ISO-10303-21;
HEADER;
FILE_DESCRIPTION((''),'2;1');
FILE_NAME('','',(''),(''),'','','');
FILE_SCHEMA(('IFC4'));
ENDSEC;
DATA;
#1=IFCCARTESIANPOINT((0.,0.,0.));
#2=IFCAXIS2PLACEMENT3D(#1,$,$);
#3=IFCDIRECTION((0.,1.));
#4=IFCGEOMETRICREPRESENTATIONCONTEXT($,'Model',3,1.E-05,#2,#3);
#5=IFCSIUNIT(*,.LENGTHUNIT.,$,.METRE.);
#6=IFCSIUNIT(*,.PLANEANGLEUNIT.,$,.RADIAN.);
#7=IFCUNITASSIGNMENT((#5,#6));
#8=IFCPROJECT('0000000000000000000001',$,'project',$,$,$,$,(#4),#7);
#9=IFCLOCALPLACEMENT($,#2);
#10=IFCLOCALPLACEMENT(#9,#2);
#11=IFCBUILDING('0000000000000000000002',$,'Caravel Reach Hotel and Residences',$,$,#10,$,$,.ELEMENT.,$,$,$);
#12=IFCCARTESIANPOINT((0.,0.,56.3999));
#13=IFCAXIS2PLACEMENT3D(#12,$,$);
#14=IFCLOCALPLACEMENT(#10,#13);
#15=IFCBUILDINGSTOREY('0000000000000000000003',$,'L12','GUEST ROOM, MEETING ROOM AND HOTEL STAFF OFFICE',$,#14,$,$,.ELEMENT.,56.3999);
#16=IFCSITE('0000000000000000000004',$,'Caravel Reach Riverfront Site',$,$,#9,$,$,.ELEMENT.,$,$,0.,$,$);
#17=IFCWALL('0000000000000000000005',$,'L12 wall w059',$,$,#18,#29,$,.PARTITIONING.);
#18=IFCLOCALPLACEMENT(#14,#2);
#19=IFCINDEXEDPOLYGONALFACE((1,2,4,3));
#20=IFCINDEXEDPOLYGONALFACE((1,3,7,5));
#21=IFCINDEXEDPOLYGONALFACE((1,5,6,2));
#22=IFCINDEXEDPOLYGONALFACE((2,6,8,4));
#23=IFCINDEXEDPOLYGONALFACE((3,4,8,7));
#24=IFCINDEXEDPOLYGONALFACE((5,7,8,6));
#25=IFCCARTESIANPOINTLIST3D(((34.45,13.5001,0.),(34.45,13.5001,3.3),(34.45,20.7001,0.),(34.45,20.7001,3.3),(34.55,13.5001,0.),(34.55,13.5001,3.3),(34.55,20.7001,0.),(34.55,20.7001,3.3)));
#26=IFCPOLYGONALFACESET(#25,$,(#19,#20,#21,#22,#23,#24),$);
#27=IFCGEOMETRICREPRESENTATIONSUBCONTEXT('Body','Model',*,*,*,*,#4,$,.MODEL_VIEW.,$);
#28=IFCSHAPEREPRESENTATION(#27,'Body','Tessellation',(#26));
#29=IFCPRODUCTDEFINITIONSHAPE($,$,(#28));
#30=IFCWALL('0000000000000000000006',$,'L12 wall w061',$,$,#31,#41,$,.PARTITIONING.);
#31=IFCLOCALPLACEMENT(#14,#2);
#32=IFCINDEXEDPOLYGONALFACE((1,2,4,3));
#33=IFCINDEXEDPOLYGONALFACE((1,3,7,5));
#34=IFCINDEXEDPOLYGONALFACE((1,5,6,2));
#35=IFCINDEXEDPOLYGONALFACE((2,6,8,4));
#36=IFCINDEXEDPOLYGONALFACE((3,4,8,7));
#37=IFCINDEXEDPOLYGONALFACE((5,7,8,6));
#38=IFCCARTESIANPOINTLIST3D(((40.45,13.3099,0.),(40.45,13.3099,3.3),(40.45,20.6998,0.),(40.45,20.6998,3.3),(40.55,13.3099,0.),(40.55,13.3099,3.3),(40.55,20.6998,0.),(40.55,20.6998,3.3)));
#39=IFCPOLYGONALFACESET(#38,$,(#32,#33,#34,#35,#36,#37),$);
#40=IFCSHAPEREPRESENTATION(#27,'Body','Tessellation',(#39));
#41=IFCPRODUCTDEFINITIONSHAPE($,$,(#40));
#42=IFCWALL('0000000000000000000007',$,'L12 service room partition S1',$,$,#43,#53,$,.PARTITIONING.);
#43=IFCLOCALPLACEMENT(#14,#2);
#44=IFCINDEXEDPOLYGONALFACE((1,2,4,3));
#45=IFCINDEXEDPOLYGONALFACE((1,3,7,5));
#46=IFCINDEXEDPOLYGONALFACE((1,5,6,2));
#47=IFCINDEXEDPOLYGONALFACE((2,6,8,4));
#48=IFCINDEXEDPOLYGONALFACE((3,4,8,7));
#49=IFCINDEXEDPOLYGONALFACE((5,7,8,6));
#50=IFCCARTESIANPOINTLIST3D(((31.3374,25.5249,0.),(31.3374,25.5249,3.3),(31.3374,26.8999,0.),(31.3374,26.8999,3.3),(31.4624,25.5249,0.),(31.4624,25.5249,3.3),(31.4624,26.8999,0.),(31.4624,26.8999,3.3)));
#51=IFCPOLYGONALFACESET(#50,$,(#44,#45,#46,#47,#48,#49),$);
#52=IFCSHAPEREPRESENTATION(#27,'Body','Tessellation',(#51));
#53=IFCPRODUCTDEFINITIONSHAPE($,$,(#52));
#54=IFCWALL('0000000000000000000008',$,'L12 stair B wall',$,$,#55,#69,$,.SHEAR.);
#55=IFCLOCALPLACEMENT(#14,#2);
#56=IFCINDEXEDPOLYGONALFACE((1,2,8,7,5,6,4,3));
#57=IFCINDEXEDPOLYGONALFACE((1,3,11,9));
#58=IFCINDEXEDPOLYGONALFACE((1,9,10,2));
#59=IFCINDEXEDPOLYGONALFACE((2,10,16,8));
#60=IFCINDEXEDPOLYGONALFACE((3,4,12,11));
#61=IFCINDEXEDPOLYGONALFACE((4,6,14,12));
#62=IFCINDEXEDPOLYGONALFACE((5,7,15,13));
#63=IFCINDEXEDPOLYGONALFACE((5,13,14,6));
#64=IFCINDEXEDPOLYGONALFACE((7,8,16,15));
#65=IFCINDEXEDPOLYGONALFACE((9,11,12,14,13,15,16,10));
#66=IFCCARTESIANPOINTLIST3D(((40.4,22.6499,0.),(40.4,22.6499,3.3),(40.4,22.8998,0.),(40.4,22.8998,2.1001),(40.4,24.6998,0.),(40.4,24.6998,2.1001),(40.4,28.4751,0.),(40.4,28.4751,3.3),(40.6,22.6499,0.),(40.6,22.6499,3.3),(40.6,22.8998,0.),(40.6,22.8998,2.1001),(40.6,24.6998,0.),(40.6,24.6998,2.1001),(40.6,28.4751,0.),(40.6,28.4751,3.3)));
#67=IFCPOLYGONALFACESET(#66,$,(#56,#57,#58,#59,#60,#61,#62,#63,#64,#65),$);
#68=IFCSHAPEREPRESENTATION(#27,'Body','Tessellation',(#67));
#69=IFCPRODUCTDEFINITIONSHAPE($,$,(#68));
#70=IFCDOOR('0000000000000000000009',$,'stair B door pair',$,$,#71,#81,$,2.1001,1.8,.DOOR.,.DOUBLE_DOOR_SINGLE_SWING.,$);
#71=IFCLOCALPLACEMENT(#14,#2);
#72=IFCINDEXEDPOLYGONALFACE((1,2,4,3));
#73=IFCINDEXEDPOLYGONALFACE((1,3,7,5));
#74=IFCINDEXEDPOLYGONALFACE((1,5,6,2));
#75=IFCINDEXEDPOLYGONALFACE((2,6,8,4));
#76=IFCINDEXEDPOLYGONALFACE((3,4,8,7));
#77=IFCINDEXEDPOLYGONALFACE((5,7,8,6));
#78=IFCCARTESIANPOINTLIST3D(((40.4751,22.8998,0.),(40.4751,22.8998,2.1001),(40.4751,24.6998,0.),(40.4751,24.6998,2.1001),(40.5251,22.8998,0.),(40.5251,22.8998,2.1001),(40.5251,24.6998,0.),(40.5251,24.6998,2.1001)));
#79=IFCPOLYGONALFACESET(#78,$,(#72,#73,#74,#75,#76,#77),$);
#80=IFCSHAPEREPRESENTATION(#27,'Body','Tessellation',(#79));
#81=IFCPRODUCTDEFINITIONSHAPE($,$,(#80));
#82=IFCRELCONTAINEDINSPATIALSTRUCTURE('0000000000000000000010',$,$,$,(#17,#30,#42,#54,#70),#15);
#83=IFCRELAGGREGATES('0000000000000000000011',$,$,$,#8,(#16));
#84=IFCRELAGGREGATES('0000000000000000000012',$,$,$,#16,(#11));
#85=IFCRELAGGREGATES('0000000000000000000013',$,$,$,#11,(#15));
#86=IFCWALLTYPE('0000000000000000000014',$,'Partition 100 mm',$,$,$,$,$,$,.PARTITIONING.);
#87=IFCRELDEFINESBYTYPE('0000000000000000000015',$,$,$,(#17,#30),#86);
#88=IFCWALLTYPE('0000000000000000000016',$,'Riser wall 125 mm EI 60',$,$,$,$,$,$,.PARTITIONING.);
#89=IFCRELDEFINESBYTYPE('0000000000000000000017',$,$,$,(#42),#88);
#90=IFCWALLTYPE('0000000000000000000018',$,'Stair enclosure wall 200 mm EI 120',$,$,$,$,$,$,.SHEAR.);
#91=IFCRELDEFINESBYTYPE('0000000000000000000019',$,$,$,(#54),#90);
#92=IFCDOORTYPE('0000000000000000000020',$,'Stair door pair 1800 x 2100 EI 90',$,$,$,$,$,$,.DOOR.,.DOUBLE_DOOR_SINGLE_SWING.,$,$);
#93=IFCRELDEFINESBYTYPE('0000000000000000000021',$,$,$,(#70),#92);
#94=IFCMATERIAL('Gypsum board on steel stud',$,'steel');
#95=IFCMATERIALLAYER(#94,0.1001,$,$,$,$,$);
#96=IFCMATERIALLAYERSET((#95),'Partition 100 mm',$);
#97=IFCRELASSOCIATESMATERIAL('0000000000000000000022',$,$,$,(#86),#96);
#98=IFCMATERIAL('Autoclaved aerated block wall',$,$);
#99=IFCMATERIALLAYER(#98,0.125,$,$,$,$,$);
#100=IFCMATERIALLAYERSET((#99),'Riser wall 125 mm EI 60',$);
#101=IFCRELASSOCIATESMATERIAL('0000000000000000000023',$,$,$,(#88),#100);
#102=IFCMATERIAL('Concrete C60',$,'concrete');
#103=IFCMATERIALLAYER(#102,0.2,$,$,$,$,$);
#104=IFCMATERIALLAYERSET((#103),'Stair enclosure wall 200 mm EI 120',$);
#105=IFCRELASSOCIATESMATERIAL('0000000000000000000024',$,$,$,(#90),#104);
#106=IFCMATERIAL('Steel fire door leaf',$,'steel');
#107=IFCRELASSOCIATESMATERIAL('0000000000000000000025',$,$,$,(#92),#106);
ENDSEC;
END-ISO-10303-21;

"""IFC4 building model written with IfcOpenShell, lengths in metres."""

from ifc_helpers import new_model, si_unit, direction, frame, frame_2d, origin, place, context, subcontext, project, spatial, rectangle, extrude, material, layer, layer_set, type_object, element, fill, save


model = new_model("IFC4")

# Units and contexts
model_context = context("Model", 3, precision=1e-05, world=origin(), true_north=direction((0.0, 1.0)))
body_context = subcontext(model_context, "Body", "Model", "MODEL_VIEW")
ifc_project = project(units=[si_unit("LENGTHUNIT", "METRE"), si_unit("PLANEANGLEUNIT", "RADIAN")], contexts=[model_context])

# Site, building, storey
site_placement = place(None, origin())
site = spatial("IfcSite", under=ifc_project, at=site_placement, Name="Caravel Reach Riverfront Site", CompositionType="ELEMENT", RefElevation=0.0)
building_placement = place(site_placement, origin())
building = spatial("IfcBuilding", under=site, at=building_placement, Name="Caravel Reach Hotel and Residences", CompositionType="ELEMENT")
storey_placement = place(building_placement, frame((0.0, 0.0, 56.3999)))
storey = spatial("IfcBuildingStorey", under=building, at=storey_placement, Name="L12", Description="GUEST ROOM, MEETING ROOM AND HOTEL STAFF OFFICE", CompositionType="ELEMENT", Elevation=56.3999)

# Shared definitions
ifc_material_1 = material(Name="Gypsum board on steel stud", Category="steel")
ifc_layer_1 = layer(ifc_material_1, 0.1001)
ifc_layer_set_1 = layer_set([ifc_layer_1], Name="Partition 100 mm")
wall_type_1 = type_object("IfcWallType", Name="Partition 100 mm", PredefinedType="PARTITIONING", material=ifc_layer_set_1)

# Walls
wall_1_placement = place(storey_placement, frame((34.5, 13.5, 0.0), z_axis=(0.0, 0.0, 1.0), x_axis=(0.0, 1.0, 0.0)))
element("IfcWall", 1, at=wall_1_placement, inside=storey, type_object=wall_type_1, Name="L12 wall w059", PredefinedType="PARTITIONING", context=body_context, shape_type="SweptSolid", body=[
    extrude(rectangle(XDim=7.2, YDim=0.1001, at=frame_2d((3.6001, 0.0))), origin(), (0.0, 0.0, 1.0), 3.3),
])
wall_2_placement = place(storey_placement, frame((40.5, 13.3101, 0.0), z_axis=(0.0, 0.0, 1.0), x_axis=(0.0, 1.0, 0.0)))
element("IfcWall", 2, at=wall_2_placement, inside=storey, type_object=wall_type_1, Name="L12 wall w061", PredefinedType="PARTITIONING", context=body_context, shape_type="SweptSolid", body=[
    extrude(rectangle(XDim=7.3899, YDim=0.1001, at=frame_2d((3.6948, 0.0))), origin(), (0.0, 0.0, 1.0), 3.3),
])
ifc_material_2 = material(Name="Autoclaved aerated block wall")
ifc_layer_2 = layer(ifc_material_2, 0.125)
ifc_layer_set_2 = layer_set([ifc_layer_2], Name="Riser wall 125 mm EI 60")
wall_type_2 = type_object("IfcWallType", Name="Riser wall 125 mm EI 60", PredefinedType="PARTITIONING", material=ifc_layer_set_2)
wall_3_placement = place(storey_placement, frame((31.3999, 25.5249, 0.0), z_axis=(0.0, 0.0, 1.0), x_axis=(0.0, 1.0, 0.0)))
element("IfcWall", 3, at=wall_3_placement, inside=storey, type_object=wall_type_2, Name="L12 service room partition S1", PredefinedType="PARTITIONING", context=body_context, shape_type="SweptSolid", body=[
    extrude(rectangle(XDim=1.375, YDim=0.125, at=frame_2d((0.6875, 0.0))), origin(), (0.0, 0.0, 1.0), 3.3),
])

# Wall, opening, door
ifc_material_3 = material(Name="Concrete C60", Category="concrete")
ifc_layer_3 = layer(ifc_material_3, 0.2)
ifc_layer_set_3 = layer_set([ifc_layer_3], Name="Stair enclosure wall 200 mm EI 120")
wall_type_3 = type_object("IfcWallType", Name="Stair enclosure wall 200 mm EI 120", PredefinedType="SHEAR", material=ifc_layer_set_3)
wall_4_placement = place(storey_placement, frame((40.5, 22.6499, 0.0), z_axis=(0.0, 0.0, 1.0), x_axis=(0.0, 1.0, 0.0)))
wall_4 = element("IfcWall", 4, at=wall_4_placement, inside=storey, type_object=wall_type_3, Name="L12 stair B wall", PredefinedType="SHEAR", context=body_context, shape_type="SweptSolid", body=[
    extrude(rectangle(XDim=5.8252, YDim=0.2, at=frame_2d((2.9126, 0.0))), origin(), (0.0, 0.0, 1.0), 3.3),
])
opening_1_placement = place(wall_4_placement, frame((0.25, 0.0, 0.0)))
opening_1 = element("IfcOpeningElement", 5, at=opening_1_placement, cuts=wall_4, PredefinedType="OPENING", context=body_context, shape_type="SweptSolid", body=[
    extrude(rectangle(XDim=1.8, YDim=2.1001, at=frame_2d((0.8999, 1.05))), frame((0.0, 0.1099, 0.0), z_axis=(0.0, -1.0, 0.0), x_axis=(1.0, 0.0, 0.0)), (0.0, 0.0, 1.0), 0.22),
])
ifc_material_4 = material(Name="Steel fire door leaf", Category="steel")
door_type_1 = type_object("IfcDoorType", Name="Stair door pair 1800 x 2100 EI 90", OperationType="DOUBLE_DOOR_SINGLE_SWING", PredefinedType="DOOR", material=ifc_material_4)
door_1_placement = place(opening_1_placement, origin())
door_1 = element("IfcDoor", 6, at=door_1_placement, inside=storey, type_object=door_type_1, Name="stair B door pair", OperationType="DOUBLE_DOOR_SINGLE_SWING", OverallHeight=2.1001, OverallWidth=1.8, PredefinedType="DOOR", context=body_context, shape_type="SweptSolid", body=[
    extrude(rectangle(XDim=1.8, YDim=2.1001, at=frame_2d((0.8999, 1.05))), frame((0.0, 0.0249, 0.0), z_axis=(0.0, -1.0, 0.0), x_axis=(1.0, 0.0, 0.0)), (0.0, 0.0, 1.0), 0.05),
])
fill(opening_1, door_1)

save(model, "model.ifc")
